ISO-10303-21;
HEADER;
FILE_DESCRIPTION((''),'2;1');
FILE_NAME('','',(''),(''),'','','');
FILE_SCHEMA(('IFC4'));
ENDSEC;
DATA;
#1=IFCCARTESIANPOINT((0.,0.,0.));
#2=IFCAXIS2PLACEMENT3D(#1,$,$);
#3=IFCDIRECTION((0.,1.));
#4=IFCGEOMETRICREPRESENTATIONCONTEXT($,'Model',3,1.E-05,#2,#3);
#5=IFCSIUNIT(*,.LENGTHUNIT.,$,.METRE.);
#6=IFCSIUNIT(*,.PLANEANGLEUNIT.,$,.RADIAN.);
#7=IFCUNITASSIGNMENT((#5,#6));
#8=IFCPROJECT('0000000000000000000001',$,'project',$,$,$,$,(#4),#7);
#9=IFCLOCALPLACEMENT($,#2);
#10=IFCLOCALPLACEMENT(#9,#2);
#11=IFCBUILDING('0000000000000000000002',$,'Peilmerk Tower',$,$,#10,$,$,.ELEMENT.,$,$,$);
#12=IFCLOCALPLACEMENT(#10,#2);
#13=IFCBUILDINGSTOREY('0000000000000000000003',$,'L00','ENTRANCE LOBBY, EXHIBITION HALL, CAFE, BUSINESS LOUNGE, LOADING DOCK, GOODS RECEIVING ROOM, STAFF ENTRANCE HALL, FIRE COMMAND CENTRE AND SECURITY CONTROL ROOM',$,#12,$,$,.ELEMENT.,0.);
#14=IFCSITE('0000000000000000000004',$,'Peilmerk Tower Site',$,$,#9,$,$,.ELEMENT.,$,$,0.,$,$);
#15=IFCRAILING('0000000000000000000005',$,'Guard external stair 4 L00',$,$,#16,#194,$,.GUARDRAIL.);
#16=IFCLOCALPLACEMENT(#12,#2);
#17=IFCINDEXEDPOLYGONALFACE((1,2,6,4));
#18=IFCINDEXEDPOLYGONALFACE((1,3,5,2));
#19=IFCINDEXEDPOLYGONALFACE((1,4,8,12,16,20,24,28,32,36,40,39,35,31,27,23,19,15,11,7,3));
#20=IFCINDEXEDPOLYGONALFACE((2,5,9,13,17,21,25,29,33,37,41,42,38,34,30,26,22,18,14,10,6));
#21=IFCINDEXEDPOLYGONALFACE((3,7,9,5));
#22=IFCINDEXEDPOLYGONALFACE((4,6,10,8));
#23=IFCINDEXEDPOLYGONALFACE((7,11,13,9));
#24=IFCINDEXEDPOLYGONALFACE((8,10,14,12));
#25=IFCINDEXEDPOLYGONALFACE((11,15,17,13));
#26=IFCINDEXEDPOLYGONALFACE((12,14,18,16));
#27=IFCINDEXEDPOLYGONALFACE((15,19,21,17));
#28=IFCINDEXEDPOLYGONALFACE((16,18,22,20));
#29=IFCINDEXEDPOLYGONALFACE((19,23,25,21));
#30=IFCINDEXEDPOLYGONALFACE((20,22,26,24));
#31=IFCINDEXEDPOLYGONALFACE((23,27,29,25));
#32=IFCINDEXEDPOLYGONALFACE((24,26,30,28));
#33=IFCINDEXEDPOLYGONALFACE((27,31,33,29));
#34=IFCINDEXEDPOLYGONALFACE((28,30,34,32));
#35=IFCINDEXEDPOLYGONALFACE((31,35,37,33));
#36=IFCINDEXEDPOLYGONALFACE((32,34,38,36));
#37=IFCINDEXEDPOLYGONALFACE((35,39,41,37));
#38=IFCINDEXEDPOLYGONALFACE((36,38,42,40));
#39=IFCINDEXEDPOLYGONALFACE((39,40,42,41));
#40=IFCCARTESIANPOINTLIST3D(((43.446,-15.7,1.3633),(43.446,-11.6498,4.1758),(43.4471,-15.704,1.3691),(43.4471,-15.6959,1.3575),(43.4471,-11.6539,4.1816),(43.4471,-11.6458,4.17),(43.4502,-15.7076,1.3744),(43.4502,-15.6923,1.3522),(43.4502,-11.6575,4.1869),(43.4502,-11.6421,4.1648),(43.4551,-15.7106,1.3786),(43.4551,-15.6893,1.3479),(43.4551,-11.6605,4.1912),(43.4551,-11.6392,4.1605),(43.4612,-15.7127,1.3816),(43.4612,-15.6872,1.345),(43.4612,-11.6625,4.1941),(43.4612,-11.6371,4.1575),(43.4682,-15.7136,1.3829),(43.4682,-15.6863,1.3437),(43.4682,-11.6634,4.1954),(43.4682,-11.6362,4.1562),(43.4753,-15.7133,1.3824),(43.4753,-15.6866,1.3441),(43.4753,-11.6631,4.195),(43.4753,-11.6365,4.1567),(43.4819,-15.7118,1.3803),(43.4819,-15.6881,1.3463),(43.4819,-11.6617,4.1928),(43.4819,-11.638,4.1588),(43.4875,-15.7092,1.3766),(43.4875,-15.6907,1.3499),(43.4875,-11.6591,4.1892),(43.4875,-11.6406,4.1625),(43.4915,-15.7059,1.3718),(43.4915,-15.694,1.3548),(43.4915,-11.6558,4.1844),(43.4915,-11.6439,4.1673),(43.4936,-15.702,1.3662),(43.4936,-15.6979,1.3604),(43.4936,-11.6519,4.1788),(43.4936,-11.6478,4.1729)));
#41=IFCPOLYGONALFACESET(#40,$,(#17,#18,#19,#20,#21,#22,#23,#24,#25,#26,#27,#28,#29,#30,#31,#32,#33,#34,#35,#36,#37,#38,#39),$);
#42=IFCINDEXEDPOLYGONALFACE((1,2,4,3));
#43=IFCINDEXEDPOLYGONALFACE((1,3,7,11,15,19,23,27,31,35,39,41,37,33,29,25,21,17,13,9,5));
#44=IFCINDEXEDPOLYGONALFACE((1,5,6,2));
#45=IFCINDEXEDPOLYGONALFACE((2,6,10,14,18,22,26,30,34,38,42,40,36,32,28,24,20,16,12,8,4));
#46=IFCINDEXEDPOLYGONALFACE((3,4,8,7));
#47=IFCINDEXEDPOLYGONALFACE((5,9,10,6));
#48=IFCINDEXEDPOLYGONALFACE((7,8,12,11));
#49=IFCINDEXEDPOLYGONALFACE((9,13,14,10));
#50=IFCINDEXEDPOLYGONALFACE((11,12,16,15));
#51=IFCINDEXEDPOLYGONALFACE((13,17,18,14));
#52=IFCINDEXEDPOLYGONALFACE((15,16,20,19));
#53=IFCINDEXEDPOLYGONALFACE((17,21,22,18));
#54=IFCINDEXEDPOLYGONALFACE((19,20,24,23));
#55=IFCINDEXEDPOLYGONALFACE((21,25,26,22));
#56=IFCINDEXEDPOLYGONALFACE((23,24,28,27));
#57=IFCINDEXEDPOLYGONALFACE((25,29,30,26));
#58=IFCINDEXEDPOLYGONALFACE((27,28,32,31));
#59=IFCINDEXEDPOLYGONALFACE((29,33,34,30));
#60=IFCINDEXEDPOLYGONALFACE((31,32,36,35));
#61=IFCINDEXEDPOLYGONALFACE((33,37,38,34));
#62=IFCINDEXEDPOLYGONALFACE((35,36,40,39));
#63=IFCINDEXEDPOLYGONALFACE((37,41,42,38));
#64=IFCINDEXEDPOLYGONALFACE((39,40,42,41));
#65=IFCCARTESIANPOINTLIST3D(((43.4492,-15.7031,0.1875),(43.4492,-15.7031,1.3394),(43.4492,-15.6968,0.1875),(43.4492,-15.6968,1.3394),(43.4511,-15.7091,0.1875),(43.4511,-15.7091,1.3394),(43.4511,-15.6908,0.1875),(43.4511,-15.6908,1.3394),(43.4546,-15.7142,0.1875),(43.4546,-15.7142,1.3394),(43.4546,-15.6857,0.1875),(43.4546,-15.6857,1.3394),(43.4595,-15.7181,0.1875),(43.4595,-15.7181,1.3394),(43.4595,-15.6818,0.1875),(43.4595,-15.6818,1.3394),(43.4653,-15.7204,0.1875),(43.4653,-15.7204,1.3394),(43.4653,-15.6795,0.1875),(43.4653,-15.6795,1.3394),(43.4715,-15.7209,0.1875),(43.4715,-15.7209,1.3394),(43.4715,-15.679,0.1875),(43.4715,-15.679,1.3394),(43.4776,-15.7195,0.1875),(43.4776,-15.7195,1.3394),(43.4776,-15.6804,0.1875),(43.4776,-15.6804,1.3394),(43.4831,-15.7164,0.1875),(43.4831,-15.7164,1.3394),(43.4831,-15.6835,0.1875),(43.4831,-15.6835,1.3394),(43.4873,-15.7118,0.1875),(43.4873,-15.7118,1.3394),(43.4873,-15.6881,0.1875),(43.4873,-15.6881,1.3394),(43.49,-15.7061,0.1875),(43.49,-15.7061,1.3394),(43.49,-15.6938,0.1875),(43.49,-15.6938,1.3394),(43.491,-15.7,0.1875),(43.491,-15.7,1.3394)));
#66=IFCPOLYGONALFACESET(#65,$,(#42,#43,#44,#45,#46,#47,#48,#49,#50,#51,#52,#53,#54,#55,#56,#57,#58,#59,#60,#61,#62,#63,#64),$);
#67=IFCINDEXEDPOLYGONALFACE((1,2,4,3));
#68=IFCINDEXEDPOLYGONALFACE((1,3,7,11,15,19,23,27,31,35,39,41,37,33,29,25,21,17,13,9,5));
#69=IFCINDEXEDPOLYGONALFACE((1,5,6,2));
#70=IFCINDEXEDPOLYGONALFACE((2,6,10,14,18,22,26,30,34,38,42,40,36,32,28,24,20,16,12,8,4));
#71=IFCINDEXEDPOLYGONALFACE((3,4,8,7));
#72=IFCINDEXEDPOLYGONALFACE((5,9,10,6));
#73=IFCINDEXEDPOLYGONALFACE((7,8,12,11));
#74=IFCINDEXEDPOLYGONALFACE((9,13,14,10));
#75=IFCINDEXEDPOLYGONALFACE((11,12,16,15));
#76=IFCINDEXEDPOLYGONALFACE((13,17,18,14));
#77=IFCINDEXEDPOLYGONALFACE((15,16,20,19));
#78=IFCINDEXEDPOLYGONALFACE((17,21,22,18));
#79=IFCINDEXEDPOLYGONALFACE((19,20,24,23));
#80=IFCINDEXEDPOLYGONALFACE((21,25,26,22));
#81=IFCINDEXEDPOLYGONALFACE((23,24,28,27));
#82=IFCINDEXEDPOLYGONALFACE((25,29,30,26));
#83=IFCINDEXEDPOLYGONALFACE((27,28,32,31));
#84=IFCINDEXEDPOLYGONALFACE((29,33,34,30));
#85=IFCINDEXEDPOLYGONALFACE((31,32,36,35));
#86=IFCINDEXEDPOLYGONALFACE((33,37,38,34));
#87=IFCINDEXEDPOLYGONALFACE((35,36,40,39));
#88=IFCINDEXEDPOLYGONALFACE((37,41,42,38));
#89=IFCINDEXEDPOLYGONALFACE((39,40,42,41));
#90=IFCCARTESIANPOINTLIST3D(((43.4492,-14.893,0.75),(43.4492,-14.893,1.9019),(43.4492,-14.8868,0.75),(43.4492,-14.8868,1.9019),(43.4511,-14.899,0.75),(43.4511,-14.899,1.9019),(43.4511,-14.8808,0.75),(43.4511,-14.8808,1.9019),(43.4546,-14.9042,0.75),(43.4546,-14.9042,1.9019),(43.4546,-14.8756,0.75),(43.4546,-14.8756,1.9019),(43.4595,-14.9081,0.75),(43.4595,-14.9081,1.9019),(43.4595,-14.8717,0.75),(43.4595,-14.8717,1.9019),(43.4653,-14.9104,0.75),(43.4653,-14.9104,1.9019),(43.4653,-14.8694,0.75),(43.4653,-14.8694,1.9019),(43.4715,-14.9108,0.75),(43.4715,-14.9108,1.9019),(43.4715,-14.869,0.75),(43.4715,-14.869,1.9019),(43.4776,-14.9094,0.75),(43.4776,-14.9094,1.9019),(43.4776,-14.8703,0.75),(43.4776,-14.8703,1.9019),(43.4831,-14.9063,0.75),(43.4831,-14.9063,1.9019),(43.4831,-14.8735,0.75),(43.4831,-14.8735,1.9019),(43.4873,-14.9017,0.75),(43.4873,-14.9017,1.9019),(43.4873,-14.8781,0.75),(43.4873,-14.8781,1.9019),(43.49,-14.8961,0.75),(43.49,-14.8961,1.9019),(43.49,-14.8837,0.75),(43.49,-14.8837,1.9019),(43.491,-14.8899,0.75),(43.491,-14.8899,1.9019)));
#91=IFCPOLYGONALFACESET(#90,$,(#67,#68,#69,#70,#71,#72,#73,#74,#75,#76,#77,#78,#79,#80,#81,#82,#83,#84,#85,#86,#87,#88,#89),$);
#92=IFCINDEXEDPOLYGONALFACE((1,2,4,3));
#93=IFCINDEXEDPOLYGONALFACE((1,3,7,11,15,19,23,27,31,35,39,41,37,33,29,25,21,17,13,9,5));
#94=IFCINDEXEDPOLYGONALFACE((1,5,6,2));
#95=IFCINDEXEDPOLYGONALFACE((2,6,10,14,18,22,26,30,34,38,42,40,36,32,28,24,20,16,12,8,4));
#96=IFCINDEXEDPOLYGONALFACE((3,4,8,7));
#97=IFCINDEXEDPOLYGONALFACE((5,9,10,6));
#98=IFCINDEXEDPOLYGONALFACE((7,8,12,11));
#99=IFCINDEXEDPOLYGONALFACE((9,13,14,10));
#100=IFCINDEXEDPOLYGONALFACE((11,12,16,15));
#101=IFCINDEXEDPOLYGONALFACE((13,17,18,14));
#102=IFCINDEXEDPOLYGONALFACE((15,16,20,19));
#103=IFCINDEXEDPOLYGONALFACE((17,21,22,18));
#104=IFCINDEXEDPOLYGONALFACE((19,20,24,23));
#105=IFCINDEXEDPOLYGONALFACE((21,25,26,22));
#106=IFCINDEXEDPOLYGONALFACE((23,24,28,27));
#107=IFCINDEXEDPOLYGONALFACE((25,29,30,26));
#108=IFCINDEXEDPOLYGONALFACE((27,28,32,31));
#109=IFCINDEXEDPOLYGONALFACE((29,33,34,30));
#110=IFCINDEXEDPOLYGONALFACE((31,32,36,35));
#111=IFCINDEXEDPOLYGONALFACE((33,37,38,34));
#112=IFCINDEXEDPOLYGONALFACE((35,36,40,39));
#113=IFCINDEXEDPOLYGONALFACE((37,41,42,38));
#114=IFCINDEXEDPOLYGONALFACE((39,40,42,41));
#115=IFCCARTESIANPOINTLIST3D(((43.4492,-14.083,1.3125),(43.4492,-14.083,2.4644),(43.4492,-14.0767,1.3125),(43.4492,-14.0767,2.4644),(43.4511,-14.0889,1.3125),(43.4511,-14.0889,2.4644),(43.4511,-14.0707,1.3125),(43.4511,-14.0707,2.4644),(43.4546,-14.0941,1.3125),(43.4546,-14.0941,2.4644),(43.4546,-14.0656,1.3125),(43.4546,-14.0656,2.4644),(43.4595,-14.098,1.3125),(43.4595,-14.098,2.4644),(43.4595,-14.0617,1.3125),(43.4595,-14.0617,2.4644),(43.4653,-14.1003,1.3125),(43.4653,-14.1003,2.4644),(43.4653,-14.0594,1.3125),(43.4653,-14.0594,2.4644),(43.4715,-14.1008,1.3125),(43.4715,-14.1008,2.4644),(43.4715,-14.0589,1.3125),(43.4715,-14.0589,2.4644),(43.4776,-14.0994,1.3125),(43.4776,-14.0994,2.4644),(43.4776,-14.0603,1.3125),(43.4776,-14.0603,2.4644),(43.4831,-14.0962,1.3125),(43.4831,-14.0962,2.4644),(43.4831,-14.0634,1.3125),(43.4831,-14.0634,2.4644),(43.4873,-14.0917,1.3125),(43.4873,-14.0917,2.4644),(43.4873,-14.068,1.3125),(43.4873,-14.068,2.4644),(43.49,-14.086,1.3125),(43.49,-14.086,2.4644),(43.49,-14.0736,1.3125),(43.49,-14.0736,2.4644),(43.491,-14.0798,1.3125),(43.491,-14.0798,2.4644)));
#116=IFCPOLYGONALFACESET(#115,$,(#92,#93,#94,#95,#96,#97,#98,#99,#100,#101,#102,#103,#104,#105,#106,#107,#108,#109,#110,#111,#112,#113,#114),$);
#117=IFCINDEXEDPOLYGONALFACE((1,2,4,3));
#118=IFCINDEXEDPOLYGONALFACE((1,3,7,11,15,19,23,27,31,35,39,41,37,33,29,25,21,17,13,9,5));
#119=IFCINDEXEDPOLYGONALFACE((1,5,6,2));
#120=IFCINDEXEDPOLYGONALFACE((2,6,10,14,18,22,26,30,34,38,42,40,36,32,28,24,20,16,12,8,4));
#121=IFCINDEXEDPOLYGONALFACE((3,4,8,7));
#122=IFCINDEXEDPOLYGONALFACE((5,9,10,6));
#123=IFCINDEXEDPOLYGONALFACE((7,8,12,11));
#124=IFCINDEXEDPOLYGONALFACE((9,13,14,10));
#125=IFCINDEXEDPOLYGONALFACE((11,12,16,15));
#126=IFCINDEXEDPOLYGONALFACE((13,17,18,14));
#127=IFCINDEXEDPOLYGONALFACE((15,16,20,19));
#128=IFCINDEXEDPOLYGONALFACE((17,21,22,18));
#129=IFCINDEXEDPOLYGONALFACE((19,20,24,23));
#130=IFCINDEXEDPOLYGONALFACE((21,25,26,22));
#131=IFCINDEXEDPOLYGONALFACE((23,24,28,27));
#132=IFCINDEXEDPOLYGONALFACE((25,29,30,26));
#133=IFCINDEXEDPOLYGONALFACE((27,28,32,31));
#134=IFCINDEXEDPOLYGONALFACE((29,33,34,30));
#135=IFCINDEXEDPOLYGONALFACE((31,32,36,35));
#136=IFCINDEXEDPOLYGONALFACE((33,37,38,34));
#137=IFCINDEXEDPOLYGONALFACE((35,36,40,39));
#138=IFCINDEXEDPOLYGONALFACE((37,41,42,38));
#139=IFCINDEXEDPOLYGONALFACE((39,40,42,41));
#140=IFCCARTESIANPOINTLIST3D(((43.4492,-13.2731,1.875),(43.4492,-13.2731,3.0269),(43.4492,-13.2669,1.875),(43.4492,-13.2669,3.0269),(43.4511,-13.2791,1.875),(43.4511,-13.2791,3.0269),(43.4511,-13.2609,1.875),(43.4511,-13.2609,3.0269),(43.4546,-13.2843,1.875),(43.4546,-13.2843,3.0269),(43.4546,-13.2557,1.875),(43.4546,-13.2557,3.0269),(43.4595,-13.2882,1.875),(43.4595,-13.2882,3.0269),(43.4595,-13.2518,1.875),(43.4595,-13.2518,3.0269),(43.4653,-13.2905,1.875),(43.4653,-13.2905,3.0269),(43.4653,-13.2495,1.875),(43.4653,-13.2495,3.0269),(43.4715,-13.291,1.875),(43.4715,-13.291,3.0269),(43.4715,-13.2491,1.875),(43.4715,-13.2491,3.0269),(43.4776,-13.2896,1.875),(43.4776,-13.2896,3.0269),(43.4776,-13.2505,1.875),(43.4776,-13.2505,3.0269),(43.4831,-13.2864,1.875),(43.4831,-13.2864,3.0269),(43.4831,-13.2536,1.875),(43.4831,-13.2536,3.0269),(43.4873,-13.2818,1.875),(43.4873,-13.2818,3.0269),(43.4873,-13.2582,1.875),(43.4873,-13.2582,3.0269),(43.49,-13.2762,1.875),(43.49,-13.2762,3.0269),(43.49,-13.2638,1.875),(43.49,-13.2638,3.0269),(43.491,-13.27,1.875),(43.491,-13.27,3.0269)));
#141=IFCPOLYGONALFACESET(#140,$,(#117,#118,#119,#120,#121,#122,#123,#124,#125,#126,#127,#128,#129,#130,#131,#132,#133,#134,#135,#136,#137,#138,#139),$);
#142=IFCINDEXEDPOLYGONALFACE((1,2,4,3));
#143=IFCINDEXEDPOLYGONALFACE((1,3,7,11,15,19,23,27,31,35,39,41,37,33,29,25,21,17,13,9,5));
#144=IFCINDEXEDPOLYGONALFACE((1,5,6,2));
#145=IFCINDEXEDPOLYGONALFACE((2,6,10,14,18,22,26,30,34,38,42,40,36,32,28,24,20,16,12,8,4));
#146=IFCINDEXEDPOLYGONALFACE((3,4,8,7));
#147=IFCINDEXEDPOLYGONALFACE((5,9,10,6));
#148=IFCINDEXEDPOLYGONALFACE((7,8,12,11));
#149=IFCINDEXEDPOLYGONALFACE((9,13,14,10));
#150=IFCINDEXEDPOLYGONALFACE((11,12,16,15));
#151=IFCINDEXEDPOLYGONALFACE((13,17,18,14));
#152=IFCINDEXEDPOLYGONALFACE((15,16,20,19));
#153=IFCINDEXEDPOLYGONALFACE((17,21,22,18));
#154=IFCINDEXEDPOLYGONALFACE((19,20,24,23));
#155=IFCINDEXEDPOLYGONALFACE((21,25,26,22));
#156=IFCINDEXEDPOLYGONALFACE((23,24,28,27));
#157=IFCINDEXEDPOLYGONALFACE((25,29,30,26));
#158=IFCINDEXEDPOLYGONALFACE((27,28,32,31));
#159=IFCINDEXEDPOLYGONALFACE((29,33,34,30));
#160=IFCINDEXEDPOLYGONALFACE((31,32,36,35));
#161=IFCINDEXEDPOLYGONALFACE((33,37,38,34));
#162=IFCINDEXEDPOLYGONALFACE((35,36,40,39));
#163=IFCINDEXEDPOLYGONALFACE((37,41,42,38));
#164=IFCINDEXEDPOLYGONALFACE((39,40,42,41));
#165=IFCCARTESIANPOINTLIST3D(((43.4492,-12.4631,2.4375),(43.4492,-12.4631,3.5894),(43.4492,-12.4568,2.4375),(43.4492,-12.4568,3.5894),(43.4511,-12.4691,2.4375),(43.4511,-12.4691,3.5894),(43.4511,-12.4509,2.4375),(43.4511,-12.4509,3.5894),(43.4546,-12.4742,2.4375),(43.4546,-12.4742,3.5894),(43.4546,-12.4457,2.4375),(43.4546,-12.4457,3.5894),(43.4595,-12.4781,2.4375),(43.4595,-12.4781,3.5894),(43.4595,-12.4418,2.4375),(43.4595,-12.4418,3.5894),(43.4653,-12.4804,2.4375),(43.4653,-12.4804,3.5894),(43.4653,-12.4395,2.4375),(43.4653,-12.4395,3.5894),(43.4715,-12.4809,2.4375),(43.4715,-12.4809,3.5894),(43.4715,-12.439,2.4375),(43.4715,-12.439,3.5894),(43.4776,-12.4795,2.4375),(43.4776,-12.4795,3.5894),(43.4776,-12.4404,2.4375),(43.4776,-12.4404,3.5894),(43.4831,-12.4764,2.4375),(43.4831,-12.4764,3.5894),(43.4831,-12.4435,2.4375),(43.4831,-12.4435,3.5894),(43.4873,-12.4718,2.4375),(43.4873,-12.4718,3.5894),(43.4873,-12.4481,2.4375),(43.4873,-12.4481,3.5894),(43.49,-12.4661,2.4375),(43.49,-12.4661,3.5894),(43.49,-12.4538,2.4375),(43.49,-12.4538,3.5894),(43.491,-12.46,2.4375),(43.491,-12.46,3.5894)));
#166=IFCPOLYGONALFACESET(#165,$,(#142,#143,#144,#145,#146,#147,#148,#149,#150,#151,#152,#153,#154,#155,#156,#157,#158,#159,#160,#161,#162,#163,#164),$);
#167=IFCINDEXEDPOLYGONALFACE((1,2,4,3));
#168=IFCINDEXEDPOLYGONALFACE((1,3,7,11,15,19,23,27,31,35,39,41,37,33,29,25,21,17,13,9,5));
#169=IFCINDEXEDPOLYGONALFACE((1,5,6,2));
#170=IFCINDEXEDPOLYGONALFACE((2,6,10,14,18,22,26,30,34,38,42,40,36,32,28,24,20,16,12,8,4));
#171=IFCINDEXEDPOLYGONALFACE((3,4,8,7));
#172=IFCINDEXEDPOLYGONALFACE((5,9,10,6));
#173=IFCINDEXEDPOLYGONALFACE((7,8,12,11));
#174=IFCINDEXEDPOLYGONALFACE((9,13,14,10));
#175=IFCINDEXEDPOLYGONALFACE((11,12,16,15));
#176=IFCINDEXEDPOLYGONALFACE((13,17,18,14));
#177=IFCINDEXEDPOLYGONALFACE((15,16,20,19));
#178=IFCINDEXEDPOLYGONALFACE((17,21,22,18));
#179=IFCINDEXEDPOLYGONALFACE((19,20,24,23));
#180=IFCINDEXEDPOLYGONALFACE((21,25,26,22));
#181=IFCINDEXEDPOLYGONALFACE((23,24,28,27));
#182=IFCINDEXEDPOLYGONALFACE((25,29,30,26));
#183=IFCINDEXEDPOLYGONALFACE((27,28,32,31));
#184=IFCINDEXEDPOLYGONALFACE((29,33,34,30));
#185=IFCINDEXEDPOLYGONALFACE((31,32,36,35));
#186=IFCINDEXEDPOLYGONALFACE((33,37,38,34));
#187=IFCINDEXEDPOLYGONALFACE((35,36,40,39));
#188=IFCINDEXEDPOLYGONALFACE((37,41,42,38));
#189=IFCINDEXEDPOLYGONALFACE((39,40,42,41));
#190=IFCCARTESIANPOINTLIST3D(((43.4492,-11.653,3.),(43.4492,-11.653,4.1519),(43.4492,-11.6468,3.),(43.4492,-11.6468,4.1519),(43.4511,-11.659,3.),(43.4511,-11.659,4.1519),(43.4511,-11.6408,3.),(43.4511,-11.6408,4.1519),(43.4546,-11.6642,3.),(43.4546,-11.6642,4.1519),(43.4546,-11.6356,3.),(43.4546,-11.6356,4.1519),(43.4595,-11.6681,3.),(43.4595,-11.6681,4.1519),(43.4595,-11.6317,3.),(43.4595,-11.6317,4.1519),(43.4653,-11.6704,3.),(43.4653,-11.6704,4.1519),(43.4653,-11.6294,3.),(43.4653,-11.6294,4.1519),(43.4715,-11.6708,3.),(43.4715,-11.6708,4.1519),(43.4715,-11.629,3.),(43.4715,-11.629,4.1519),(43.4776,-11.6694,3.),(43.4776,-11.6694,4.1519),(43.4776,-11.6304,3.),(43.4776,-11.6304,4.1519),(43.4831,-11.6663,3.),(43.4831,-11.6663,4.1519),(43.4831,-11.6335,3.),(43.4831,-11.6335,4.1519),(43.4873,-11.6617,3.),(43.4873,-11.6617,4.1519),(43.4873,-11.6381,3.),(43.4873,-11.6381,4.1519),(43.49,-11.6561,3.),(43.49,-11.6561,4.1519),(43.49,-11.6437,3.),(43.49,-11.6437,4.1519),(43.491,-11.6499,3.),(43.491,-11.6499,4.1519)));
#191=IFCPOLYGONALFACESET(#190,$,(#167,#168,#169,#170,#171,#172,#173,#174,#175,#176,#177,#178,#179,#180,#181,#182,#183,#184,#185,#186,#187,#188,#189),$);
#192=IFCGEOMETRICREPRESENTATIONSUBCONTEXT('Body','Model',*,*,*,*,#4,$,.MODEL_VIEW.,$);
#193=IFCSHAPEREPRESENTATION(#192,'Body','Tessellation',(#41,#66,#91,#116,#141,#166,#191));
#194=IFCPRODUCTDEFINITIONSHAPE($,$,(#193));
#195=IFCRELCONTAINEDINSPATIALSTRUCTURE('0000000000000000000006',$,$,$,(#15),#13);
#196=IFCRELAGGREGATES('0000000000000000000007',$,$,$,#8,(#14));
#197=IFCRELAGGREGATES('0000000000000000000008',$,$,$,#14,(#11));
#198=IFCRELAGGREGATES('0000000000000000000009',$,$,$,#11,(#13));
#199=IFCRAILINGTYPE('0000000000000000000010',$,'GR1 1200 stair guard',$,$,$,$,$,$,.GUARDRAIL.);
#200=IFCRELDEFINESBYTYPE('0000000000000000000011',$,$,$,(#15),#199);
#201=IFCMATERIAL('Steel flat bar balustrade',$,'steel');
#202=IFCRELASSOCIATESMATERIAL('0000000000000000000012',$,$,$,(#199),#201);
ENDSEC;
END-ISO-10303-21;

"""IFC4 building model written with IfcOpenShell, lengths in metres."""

from ifc_helpers import new_model, si_unit, direction, frame, origin, origin_2d, place, context, subcontext, project, spatial, circle, extrude, material, type_object, element, save


model = new_model("IFC4")

# Units and contexts
model_context = context("Model", 3, precision=1e-05, world=origin(), true_north=direction((0.0, 1.0)))
body_context = subcontext(model_context, "Body", "Model", "MODEL_VIEW")
ifc_project = project(units=[si_unit("LENGTHUNIT", "METRE"), si_unit("PLANEANGLEUNIT", "RADIAN")], contexts=[model_context])

# Site, building, storey
site_placement = place(None, origin())
site = spatial("IfcSite", under=ifc_project, at=site_placement, Name="Peilmerk Tower Site", CompositionType="ELEMENT", RefElevation=0.0)
building_placement = place(site_placement, origin())
building = spatial("IfcBuilding", under=site, at=building_placement, Name="Peilmerk Tower", CompositionType="ELEMENT")
storey_placement = place(building_placement, origin())
storey = spatial("IfcBuildingStorey", under=building, at=storey_placement, Name="L00", Description="ENTRANCE LOBBY, EXHIBITION HALL, CAFE, BUSINESS LOUNGE, LOADING DOCK, GOODS RECEIVING ROOM, STAFF ENTRANCE HALL, FIRE COMMAND CENTRE AND SECURITY CONTROL ROOM", CompositionType="ELEMENT", Elevation=0.0)

# Railing
ifc_material_1 = material(Name="Steel flat bar balustrade", Category="steel")
railing_type_1 = type_object("IfcRailingType", Name="GR1 1200 stair guard", PredefinedType="GUARDRAIL", material=ifc_material_1)
for number, where, name in (
    (1, (43.47, -15.7, 0.1875), "Guard external stair 4 L00"),
):
    element("IfcRailing", number, at=place(storey_placement, frame(where)), inside=storey, type_object=railing_type_1, Name=name, PredefinedType="GUARDRAIL", context=body_context, shape_type="SweptSolid", body=[
        extrude(circle(Radius=0.0239, at=origin_2d()), frame((0.0, 0.0, 1.1758), z_axis=(0.0, 0.821373, 0.570391), x_axis=(-1.0, 0.0, 0.0)), (0.0, 0.0, 1.0), 4.9309),
        extrude(circle(Radius=0.021, at=origin_2d()), origin(), (0.0, 0.0, 1.0), 1.1519),
        extrude(circle(Radius=0.021, at=origin_2d()), frame((0.0, 0.8101, 0.5625)), (0.0, 0.0, 1.0), 1.1519),
        extrude(circle(Radius=0.021, at=origin_2d()), frame((0.0, 1.6201, 1.125)), (0.0, 0.0, 1.0), 1.1519),
        extrude(circle(Radius=0.021, at=origin_2d()), frame((0.0, 2.4299, 1.6875)), (0.0, 0.0, 1.0), 1.1519),
        extrude(circle(Radius=0.021, at=origin_2d()), frame((0.0, 3.24, 2.25)), (0.0, 0.0, 1.0), 1.1519),
        extrude(circle(Radius=0.021, at=origin_2d()), frame((0.0, 4.05, 2.8125)), (0.0, 0.0, 1.0), 1.1519),
    ])

save(model, "model.ifc")
